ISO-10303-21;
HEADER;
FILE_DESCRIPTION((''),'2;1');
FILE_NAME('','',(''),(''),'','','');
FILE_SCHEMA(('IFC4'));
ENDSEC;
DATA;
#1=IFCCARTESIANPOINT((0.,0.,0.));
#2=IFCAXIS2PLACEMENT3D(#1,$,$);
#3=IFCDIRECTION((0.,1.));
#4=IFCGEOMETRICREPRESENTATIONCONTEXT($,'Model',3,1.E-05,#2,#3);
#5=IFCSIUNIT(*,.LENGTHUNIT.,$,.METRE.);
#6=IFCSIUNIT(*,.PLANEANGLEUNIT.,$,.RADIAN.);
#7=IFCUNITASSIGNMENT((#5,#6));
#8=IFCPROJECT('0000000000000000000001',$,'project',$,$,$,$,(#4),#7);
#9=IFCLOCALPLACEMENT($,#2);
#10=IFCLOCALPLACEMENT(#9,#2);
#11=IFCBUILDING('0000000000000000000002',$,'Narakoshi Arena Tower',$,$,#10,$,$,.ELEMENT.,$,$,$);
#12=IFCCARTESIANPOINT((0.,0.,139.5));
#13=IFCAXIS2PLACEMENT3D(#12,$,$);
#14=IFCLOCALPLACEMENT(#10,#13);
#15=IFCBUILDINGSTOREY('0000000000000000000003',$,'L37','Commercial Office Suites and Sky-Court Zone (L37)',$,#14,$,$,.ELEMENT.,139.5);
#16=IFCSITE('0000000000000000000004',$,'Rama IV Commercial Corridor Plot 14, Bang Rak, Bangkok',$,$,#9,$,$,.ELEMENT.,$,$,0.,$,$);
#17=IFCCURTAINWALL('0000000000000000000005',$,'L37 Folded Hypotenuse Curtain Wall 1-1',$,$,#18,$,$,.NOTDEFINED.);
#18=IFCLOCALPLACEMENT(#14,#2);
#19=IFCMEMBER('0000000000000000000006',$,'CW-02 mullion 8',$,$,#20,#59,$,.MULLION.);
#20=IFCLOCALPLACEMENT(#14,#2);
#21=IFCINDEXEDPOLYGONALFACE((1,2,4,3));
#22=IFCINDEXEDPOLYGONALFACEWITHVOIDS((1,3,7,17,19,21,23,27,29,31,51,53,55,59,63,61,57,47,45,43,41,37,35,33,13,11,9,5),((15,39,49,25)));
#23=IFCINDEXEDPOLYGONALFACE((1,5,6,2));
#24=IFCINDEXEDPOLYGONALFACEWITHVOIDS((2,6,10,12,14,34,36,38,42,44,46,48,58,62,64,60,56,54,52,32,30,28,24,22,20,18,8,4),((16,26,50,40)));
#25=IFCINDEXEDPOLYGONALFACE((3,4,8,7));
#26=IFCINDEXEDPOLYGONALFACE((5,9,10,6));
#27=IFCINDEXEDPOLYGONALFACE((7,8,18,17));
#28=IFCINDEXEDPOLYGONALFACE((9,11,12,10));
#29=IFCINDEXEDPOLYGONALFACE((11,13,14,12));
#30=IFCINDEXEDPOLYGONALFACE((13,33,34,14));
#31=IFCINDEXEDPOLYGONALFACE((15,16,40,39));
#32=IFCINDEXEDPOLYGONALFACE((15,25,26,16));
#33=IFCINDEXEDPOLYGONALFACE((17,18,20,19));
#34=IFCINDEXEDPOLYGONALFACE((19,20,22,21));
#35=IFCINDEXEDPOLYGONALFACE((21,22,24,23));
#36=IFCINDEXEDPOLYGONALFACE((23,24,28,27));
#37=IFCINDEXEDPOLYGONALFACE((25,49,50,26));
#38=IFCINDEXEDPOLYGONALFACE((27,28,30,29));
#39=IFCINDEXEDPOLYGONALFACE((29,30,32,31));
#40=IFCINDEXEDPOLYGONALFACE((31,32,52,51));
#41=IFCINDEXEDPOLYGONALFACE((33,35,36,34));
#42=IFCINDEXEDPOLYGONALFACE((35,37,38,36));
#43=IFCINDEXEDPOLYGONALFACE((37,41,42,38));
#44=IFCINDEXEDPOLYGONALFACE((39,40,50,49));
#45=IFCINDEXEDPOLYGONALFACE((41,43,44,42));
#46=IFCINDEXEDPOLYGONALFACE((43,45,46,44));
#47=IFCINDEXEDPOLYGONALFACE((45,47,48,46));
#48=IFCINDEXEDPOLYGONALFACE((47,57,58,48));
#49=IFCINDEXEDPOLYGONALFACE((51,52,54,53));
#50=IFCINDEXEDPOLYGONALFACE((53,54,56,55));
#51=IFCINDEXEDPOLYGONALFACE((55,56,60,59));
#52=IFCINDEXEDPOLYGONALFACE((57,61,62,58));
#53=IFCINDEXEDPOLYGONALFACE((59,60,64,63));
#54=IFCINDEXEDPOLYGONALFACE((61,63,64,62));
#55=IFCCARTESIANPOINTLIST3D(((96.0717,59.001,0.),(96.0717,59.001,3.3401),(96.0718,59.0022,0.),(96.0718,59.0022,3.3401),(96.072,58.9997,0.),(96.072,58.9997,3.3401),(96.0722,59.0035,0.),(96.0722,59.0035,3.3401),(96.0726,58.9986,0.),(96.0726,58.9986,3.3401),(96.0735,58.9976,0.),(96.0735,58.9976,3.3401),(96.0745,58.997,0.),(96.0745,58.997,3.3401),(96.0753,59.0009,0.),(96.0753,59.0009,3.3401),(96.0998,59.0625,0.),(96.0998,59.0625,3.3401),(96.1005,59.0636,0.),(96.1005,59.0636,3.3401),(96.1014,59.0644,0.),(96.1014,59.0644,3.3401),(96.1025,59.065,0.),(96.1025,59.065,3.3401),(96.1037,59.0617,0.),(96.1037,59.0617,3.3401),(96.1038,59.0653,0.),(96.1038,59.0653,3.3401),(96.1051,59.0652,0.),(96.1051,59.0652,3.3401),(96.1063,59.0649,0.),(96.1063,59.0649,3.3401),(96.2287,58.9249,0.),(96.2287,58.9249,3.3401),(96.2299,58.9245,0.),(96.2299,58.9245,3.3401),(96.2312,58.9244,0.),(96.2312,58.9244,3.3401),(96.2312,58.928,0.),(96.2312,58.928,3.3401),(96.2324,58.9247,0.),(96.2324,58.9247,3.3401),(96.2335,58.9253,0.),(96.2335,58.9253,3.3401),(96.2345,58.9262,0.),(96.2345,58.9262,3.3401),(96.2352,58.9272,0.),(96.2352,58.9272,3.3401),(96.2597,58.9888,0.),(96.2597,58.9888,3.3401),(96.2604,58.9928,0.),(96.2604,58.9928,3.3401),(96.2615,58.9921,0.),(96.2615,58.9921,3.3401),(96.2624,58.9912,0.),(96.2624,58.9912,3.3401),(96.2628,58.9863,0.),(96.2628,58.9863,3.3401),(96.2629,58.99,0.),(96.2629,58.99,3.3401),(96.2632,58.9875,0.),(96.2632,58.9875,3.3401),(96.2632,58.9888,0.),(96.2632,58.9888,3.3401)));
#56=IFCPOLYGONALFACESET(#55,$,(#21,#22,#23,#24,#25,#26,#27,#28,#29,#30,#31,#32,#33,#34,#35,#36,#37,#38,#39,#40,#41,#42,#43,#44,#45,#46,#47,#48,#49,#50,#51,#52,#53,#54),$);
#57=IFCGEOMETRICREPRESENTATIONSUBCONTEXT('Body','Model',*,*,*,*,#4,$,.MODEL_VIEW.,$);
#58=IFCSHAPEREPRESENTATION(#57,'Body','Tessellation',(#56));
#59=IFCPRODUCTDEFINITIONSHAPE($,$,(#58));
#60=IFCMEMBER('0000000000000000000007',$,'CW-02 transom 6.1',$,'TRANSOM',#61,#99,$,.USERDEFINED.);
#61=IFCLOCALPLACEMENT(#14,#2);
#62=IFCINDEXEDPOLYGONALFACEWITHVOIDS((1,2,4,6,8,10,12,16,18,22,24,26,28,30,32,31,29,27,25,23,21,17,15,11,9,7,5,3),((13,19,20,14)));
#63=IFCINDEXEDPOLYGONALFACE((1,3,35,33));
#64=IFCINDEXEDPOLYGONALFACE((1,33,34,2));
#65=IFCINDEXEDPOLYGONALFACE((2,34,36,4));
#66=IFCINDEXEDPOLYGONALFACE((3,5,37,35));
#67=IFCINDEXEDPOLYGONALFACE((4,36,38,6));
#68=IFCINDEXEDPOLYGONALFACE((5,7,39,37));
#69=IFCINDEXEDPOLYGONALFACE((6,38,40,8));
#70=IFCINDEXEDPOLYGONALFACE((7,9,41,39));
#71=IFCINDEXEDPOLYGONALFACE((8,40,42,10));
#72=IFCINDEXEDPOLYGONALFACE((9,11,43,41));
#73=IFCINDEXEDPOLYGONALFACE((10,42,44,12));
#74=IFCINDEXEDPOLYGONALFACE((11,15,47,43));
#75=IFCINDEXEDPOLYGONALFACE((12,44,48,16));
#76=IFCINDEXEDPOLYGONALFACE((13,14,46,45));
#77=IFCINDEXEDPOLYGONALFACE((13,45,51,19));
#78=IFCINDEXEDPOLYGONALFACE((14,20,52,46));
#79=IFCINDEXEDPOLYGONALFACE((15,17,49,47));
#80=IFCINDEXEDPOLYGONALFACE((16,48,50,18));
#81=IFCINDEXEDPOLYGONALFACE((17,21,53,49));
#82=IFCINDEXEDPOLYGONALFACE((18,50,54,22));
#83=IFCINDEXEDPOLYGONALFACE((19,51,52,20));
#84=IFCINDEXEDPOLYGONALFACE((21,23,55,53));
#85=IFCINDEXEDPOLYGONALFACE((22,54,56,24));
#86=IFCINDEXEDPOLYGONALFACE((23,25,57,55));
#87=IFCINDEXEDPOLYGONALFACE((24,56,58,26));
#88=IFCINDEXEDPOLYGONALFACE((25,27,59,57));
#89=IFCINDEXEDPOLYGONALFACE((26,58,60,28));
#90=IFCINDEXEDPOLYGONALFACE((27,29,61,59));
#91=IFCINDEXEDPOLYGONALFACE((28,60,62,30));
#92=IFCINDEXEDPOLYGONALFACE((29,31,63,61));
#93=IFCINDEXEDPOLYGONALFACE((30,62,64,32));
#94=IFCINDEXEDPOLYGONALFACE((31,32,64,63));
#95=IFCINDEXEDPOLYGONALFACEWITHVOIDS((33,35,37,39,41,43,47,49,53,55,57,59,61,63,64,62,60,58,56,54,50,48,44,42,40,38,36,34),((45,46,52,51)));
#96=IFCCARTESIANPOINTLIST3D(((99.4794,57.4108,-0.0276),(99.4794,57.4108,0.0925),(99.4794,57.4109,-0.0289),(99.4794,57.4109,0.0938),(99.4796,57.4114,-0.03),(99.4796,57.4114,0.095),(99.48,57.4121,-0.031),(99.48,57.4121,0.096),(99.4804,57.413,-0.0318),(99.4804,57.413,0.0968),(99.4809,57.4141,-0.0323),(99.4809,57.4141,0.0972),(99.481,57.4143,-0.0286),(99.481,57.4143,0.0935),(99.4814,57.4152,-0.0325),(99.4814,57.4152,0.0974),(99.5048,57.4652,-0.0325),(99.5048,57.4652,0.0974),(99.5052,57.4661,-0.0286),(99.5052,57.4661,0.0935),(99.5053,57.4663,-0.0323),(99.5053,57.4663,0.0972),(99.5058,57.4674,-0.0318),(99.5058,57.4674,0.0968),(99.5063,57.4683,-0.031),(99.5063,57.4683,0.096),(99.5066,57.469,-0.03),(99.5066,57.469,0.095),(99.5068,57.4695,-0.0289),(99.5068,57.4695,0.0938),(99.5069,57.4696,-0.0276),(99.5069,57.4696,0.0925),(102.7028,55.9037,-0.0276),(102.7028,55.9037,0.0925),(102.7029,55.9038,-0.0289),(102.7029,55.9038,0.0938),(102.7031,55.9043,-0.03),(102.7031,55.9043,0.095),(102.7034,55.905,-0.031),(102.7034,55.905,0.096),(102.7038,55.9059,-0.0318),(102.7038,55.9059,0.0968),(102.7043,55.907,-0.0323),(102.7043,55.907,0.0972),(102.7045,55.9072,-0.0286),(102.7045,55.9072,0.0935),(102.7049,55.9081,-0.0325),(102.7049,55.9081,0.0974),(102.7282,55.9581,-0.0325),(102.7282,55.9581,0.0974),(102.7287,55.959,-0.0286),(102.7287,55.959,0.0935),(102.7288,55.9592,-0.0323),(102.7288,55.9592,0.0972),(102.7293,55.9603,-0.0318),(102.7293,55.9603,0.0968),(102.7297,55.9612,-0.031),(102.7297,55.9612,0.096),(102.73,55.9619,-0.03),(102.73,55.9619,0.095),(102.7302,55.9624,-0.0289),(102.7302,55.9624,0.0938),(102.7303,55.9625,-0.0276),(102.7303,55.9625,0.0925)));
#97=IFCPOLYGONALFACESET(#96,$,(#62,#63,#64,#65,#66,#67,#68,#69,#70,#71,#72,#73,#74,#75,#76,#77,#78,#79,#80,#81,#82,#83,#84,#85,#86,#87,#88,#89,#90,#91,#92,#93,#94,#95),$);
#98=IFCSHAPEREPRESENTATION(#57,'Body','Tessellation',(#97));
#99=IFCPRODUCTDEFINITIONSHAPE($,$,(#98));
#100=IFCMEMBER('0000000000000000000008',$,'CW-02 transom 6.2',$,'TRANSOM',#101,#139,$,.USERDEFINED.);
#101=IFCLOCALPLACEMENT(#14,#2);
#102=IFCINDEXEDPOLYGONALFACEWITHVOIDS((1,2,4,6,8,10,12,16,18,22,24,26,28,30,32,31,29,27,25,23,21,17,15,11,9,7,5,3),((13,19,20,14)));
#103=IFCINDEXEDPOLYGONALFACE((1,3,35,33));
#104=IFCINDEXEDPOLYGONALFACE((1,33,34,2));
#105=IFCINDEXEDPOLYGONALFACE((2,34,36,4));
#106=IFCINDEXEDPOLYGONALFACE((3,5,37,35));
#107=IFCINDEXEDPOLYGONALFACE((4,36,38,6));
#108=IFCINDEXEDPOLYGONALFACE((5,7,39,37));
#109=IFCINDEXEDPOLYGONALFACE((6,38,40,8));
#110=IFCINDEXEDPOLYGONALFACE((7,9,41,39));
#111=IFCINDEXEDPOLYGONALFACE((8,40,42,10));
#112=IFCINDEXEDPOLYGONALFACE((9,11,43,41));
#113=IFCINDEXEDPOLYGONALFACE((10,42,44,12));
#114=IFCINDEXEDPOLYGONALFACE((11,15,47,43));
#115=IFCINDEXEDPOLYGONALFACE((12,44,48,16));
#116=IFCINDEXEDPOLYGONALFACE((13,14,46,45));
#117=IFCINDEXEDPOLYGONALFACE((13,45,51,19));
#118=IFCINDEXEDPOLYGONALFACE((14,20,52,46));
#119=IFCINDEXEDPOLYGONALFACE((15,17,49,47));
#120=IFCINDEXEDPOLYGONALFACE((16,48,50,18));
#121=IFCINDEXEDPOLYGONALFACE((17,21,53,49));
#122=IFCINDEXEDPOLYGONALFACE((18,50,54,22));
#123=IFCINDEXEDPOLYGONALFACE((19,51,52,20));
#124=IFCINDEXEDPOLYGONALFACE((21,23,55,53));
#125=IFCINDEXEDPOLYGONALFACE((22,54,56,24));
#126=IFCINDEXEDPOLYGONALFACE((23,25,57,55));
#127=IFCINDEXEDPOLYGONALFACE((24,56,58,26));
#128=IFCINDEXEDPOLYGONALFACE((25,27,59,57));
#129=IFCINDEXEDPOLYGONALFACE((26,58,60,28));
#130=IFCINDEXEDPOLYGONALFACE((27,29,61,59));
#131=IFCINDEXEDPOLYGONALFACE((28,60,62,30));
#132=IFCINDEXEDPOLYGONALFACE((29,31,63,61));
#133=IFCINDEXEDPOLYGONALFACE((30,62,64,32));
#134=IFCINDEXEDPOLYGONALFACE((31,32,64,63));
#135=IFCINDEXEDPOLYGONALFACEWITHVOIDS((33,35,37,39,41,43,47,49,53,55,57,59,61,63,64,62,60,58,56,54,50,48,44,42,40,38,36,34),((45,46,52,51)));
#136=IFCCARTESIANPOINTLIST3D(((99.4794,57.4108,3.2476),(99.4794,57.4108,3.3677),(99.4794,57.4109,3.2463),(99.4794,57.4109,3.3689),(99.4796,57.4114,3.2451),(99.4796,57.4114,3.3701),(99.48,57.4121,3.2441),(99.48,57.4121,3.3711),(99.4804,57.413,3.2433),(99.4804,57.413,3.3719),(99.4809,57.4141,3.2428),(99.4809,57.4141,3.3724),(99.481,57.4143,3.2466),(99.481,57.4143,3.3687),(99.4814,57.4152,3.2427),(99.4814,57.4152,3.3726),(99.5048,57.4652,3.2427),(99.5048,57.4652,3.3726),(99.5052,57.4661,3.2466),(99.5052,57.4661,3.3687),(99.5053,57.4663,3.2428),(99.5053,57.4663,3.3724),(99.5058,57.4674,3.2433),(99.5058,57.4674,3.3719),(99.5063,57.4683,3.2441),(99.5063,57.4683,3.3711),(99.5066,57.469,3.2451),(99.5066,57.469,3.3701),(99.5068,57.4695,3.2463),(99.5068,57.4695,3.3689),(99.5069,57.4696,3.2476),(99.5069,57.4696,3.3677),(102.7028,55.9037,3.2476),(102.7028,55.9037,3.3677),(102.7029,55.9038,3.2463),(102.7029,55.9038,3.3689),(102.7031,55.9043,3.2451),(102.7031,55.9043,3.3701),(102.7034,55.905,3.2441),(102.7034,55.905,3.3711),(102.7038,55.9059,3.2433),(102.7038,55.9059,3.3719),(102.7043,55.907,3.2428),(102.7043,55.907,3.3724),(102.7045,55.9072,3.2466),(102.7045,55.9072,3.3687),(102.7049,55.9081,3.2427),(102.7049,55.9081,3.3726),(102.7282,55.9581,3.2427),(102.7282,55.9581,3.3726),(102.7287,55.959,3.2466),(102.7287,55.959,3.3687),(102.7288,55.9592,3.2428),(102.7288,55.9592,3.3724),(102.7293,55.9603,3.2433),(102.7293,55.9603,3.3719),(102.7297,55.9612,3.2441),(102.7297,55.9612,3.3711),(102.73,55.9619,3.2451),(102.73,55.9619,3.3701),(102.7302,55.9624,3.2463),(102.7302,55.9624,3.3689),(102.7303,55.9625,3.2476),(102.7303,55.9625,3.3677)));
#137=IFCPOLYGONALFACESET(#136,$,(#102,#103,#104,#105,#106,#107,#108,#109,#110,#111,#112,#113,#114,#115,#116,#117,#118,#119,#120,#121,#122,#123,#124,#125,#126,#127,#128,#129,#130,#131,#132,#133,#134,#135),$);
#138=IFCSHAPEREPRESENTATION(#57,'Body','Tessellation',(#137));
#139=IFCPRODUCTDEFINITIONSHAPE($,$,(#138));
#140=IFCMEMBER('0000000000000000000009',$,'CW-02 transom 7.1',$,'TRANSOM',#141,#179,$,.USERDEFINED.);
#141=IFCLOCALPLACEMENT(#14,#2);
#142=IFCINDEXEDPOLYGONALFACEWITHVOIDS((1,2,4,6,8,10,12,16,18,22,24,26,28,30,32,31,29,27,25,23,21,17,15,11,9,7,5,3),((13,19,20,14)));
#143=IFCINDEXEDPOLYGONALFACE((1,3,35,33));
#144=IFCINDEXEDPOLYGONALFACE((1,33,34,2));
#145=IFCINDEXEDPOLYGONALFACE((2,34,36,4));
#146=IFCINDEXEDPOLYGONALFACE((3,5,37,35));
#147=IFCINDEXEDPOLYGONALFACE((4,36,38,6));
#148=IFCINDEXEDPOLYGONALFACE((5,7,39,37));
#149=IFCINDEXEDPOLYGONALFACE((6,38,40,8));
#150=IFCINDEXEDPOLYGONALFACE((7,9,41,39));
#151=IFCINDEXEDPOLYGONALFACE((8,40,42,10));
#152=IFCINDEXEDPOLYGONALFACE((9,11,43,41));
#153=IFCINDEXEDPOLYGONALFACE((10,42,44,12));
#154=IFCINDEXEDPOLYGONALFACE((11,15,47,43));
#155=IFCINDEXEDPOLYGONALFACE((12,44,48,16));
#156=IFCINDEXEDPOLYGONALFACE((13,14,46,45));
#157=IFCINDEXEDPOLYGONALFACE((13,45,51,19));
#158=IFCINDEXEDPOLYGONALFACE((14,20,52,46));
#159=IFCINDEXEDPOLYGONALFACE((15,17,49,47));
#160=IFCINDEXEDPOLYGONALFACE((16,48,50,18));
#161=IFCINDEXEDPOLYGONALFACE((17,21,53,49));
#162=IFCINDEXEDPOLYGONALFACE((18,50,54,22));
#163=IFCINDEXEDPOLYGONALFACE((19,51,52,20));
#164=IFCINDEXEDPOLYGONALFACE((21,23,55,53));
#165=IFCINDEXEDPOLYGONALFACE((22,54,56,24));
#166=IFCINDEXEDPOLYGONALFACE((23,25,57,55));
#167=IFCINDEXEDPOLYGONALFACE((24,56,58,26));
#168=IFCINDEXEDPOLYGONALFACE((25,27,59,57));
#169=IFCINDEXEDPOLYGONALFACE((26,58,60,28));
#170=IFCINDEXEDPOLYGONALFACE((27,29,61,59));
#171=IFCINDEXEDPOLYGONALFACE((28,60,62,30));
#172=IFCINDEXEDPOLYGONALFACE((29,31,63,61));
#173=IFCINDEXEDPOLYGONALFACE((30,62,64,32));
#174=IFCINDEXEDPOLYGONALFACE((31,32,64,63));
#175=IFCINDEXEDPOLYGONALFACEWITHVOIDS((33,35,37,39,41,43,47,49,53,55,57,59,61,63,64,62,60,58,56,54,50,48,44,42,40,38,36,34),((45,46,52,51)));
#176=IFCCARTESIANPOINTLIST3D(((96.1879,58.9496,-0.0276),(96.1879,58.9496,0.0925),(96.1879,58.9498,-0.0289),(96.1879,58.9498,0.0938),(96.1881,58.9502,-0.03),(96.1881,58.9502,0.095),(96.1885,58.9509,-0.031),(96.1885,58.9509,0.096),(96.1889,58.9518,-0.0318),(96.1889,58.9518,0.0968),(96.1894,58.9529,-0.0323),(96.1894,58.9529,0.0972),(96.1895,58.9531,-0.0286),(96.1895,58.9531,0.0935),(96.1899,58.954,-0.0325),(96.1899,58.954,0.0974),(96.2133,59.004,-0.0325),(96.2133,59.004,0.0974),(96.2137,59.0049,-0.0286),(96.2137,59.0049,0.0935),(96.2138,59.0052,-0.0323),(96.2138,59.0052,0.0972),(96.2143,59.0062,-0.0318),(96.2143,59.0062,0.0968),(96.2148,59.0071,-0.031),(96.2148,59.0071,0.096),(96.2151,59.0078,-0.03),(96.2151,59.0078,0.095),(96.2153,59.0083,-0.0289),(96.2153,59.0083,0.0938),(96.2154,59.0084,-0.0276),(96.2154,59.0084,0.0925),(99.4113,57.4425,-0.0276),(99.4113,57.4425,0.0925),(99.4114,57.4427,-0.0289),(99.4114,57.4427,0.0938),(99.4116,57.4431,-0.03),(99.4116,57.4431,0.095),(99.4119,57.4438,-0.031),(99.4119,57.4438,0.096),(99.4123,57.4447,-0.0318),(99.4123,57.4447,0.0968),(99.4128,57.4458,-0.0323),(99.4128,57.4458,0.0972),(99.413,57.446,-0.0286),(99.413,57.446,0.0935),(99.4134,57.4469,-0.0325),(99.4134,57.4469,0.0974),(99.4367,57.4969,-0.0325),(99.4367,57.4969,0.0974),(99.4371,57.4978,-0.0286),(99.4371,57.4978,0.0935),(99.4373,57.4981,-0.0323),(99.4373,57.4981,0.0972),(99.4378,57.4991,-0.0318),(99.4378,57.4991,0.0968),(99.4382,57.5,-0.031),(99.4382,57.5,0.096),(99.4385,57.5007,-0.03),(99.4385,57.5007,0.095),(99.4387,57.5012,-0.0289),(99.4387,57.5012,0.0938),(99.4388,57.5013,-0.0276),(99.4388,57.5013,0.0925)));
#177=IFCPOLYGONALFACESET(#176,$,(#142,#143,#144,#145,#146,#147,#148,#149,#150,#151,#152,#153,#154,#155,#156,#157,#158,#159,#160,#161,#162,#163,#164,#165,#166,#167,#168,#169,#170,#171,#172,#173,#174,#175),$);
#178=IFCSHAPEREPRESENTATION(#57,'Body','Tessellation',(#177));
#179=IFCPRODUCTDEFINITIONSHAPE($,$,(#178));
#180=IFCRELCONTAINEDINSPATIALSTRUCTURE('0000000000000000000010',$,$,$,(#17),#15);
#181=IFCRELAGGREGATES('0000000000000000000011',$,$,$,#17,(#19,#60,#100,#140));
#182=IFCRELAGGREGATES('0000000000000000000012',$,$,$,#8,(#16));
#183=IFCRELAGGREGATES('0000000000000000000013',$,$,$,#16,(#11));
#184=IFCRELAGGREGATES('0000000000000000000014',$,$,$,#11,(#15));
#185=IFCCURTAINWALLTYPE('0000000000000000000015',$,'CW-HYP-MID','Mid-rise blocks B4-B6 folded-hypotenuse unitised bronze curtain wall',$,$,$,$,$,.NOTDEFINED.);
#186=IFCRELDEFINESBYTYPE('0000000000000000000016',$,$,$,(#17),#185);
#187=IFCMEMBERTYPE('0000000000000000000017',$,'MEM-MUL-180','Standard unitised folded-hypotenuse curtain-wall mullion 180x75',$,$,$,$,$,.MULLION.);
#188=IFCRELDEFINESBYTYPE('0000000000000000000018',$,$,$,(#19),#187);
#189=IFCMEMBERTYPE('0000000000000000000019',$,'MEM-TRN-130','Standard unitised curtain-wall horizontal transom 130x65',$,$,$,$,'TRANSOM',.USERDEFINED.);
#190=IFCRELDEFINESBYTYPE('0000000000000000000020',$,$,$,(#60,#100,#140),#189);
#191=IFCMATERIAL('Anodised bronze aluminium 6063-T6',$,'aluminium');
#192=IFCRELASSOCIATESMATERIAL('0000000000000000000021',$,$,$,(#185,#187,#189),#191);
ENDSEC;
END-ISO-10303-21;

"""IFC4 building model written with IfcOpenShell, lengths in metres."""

from ifc_helpers import new_model, si_unit, direction, frame, origin, origin_2d, place, context, subcontext, project, spatial, hollow_rectangle, extrude, material, material_profile, profile_set, type_object, element, aggregate, save


model = new_model("IFC4")

# Units and contexts
model_context = context("Model", 3, precision=1e-05, world=origin(), true_north=direction((0.0, 1.0)))
body_context = subcontext(model_context, "Body", "Model", "MODEL_VIEW")
ifc_project = project(units=[si_unit("LENGTHUNIT", "METRE"), si_unit("PLANEANGLEUNIT", "RADIAN")], contexts=[model_context])

# Site, building, storey
site_placement = place(None, origin())
site = spatial("IfcSite", under=ifc_project, at=site_placement, Name="Rama IV Commercial Corridor Plot 14, Bang Rak, Bangkok", CompositionType="ELEMENT", RefElevation=0.0)
building_placement = place(site_placement, origin())
building = spatial("IfcBuilding", under=site, at=building_placement, Name="Narakoshi Arena Tower", CompositionType="ELEMENT")
storey_placement = place(building_placement, frame((0.0, 0.0, 139.5)))
storey = spatial("IfcBuildingStorey", under=building, at=storey_placement, Name="L37", Description="Commercial Office Suites and Sky-Court Zone (L37)", CompositionType="ELEMENT", Elevation=139.5)

# Curtain wall, members
ifc_material_1 = material(Name="Anodised bronze aluminium 6063-T6", Category="aluminium")
curtain_wall_type = type_object("IfcCurtainWallType", Name="CW-HYP-MID", Description="Mid-rise blocks B4-B6 folded-hypotenuse unitised bronze curtain wall", PredefinedType="NOTDEFINED", material=ifc_material_1)
curtain_wall_placement = place(storey_placement, origin())
curtain_wall = element("IfcCurtainWall", 1, at=curtain_wall_placement, inside=storey, type_object=curtain_wall_type, Name="L37 Folded Hypotenuse Curtain Wall 1-1", PredefinedType="NOTDEFINED")
ifc_material_profile_1 = material_profile(ifc_material_1, hollow_rectangle(XDim=0.075, YDim=0.1799, WallThickness=0.0039, OuterFilletRadius=0.0049, at=origin_2d()), Name="MUL180x75x4")
ifc_profile_set_1 = profile_set([ifc_material_profile_1], Name="Anodised bronze aluminium 6063-T6")
member_type_1 = type_object("IfcMemberType", Name="MEM-MUL-180", Description="Standard unitised folded-hypotenuse curtain-wall mullion 180x75", PredefinedType="MULLION", material=ifc_profile_set_1)
member_1_placement = place(storey_placement, frame((96.1675, 58.9949, 0.0), z_axis=(0.0, 0.0, 1.0), x_axis=(-0.423532, -0.905881, 0.0)))
member_1 = element("IfcMember", 2, at=member_1_placement, type_object=member_type_1, Name="CW-02 mullion 8", PredefinedType="MULLION", context=body_context, shape_type="SweptSolid", body=[
    extrude(hollow_rectangle(XDim=0.075, YDim=0.1799, WallThickness=0.0039, OuterFilletRadius=0.0049, at=origin_2d()), origin(), (0.0, 0.0, 1.0), 3.3401),
])
ifc_material_profile_2 = material_profile(ifc_material_1, hollow_rectangle(XDim=0.0649, YDim=0.1299, WallThickness=0.0039, OuterFilletRadius=0.0049, at=origin_2d()), Name="TRN130x65x4")
ifc_profile_set_2 = profile_set([ifc_material_profile_2], Name="Anodised bronze aluminium 6063-T6")
member_type_2 = type_object("IfcMemberType", Name="MEM-TRN-130", Description="Standard unitised curtain-wall horizontal transom 130x65", ElementType="TRANSOM", PredefinedType="USERDEFINED", material=ifc_profile_set_2)
member_2_placement = place(storey_placement, frame((102.7166, 55.9331, 0.0325), z_axis=(-0.905878, 0.423539, 0.0), x_axis=(-0.423539, -0.905878, 0.0)))
member_2 = element("IfcMember", 3, at=member_2_placement, type_object=member_type_2, Name="CW-02 transom 6.1", ObjectType="TRANSOM", PredefinedType="USERDEFINED", context=body_context, shape_type="SweptSolid", body=[
    extrude(hollow_rectangle(XDim=0.0649, YDim=0.1299, WallThickness=0.0039, OuterFilletRadius=0.0049, at=origin_2d()), origin(), (0.0, 0.0, 1.0), 3.5583),
])
member_3_placement = place(storey_placement, frame((102.7166, 55.9331, 3.3076), z_axis=(-0.905878, 0.423539, 0.0), x_axis=(-0.423539, -0.905878, 0.0)))
member_3 = element("IfcMember", 4, at=member_3_placement, type_object=member_type_2, Name="CW-02 transom 6.2", ObjectType="TRANSOM", PredefinedType="USERDEFINED", context=body_context, shape_type="SweptSolid", body=[
    extrude(hollow_rectangle(XDim=0.0649, YDim=0.1299, WallThickness=0.0039, OuterFilletRadius=0.0049, at=origin_2d()), origin(), (0.0, 0.0, 1.0), 3.5583),
])
member_4_placement = place(storey_placement, frame((99.425, 57.4719, 0.0325), z_axis=(-0.905878, 0.423539, 0.0), x_axis=(-0.423539, -0.905878, 0.0)))
member_4 = element("IfcMember", 5, at=member_4_placement, type_object=member_type_2, Name="CW-02 transom 7.1", ObjectType="TRANSOM", PredefinedType="USERDEFINED", context=body_context, shape_type="SweptSolid", body=[
    extrude(hollow_rectangle(XDim=0.0649, YDim=0.1299, WallThickness=0.0039, OuterFilletRadius=0.0049, at=origin_2d()), origin(), (0.0, 0.0, 1.0), 3.5583),
])
aggregate(curtain_wall, [member_1, member_2, member_3, member_4])

save(model, "model.ifc")
